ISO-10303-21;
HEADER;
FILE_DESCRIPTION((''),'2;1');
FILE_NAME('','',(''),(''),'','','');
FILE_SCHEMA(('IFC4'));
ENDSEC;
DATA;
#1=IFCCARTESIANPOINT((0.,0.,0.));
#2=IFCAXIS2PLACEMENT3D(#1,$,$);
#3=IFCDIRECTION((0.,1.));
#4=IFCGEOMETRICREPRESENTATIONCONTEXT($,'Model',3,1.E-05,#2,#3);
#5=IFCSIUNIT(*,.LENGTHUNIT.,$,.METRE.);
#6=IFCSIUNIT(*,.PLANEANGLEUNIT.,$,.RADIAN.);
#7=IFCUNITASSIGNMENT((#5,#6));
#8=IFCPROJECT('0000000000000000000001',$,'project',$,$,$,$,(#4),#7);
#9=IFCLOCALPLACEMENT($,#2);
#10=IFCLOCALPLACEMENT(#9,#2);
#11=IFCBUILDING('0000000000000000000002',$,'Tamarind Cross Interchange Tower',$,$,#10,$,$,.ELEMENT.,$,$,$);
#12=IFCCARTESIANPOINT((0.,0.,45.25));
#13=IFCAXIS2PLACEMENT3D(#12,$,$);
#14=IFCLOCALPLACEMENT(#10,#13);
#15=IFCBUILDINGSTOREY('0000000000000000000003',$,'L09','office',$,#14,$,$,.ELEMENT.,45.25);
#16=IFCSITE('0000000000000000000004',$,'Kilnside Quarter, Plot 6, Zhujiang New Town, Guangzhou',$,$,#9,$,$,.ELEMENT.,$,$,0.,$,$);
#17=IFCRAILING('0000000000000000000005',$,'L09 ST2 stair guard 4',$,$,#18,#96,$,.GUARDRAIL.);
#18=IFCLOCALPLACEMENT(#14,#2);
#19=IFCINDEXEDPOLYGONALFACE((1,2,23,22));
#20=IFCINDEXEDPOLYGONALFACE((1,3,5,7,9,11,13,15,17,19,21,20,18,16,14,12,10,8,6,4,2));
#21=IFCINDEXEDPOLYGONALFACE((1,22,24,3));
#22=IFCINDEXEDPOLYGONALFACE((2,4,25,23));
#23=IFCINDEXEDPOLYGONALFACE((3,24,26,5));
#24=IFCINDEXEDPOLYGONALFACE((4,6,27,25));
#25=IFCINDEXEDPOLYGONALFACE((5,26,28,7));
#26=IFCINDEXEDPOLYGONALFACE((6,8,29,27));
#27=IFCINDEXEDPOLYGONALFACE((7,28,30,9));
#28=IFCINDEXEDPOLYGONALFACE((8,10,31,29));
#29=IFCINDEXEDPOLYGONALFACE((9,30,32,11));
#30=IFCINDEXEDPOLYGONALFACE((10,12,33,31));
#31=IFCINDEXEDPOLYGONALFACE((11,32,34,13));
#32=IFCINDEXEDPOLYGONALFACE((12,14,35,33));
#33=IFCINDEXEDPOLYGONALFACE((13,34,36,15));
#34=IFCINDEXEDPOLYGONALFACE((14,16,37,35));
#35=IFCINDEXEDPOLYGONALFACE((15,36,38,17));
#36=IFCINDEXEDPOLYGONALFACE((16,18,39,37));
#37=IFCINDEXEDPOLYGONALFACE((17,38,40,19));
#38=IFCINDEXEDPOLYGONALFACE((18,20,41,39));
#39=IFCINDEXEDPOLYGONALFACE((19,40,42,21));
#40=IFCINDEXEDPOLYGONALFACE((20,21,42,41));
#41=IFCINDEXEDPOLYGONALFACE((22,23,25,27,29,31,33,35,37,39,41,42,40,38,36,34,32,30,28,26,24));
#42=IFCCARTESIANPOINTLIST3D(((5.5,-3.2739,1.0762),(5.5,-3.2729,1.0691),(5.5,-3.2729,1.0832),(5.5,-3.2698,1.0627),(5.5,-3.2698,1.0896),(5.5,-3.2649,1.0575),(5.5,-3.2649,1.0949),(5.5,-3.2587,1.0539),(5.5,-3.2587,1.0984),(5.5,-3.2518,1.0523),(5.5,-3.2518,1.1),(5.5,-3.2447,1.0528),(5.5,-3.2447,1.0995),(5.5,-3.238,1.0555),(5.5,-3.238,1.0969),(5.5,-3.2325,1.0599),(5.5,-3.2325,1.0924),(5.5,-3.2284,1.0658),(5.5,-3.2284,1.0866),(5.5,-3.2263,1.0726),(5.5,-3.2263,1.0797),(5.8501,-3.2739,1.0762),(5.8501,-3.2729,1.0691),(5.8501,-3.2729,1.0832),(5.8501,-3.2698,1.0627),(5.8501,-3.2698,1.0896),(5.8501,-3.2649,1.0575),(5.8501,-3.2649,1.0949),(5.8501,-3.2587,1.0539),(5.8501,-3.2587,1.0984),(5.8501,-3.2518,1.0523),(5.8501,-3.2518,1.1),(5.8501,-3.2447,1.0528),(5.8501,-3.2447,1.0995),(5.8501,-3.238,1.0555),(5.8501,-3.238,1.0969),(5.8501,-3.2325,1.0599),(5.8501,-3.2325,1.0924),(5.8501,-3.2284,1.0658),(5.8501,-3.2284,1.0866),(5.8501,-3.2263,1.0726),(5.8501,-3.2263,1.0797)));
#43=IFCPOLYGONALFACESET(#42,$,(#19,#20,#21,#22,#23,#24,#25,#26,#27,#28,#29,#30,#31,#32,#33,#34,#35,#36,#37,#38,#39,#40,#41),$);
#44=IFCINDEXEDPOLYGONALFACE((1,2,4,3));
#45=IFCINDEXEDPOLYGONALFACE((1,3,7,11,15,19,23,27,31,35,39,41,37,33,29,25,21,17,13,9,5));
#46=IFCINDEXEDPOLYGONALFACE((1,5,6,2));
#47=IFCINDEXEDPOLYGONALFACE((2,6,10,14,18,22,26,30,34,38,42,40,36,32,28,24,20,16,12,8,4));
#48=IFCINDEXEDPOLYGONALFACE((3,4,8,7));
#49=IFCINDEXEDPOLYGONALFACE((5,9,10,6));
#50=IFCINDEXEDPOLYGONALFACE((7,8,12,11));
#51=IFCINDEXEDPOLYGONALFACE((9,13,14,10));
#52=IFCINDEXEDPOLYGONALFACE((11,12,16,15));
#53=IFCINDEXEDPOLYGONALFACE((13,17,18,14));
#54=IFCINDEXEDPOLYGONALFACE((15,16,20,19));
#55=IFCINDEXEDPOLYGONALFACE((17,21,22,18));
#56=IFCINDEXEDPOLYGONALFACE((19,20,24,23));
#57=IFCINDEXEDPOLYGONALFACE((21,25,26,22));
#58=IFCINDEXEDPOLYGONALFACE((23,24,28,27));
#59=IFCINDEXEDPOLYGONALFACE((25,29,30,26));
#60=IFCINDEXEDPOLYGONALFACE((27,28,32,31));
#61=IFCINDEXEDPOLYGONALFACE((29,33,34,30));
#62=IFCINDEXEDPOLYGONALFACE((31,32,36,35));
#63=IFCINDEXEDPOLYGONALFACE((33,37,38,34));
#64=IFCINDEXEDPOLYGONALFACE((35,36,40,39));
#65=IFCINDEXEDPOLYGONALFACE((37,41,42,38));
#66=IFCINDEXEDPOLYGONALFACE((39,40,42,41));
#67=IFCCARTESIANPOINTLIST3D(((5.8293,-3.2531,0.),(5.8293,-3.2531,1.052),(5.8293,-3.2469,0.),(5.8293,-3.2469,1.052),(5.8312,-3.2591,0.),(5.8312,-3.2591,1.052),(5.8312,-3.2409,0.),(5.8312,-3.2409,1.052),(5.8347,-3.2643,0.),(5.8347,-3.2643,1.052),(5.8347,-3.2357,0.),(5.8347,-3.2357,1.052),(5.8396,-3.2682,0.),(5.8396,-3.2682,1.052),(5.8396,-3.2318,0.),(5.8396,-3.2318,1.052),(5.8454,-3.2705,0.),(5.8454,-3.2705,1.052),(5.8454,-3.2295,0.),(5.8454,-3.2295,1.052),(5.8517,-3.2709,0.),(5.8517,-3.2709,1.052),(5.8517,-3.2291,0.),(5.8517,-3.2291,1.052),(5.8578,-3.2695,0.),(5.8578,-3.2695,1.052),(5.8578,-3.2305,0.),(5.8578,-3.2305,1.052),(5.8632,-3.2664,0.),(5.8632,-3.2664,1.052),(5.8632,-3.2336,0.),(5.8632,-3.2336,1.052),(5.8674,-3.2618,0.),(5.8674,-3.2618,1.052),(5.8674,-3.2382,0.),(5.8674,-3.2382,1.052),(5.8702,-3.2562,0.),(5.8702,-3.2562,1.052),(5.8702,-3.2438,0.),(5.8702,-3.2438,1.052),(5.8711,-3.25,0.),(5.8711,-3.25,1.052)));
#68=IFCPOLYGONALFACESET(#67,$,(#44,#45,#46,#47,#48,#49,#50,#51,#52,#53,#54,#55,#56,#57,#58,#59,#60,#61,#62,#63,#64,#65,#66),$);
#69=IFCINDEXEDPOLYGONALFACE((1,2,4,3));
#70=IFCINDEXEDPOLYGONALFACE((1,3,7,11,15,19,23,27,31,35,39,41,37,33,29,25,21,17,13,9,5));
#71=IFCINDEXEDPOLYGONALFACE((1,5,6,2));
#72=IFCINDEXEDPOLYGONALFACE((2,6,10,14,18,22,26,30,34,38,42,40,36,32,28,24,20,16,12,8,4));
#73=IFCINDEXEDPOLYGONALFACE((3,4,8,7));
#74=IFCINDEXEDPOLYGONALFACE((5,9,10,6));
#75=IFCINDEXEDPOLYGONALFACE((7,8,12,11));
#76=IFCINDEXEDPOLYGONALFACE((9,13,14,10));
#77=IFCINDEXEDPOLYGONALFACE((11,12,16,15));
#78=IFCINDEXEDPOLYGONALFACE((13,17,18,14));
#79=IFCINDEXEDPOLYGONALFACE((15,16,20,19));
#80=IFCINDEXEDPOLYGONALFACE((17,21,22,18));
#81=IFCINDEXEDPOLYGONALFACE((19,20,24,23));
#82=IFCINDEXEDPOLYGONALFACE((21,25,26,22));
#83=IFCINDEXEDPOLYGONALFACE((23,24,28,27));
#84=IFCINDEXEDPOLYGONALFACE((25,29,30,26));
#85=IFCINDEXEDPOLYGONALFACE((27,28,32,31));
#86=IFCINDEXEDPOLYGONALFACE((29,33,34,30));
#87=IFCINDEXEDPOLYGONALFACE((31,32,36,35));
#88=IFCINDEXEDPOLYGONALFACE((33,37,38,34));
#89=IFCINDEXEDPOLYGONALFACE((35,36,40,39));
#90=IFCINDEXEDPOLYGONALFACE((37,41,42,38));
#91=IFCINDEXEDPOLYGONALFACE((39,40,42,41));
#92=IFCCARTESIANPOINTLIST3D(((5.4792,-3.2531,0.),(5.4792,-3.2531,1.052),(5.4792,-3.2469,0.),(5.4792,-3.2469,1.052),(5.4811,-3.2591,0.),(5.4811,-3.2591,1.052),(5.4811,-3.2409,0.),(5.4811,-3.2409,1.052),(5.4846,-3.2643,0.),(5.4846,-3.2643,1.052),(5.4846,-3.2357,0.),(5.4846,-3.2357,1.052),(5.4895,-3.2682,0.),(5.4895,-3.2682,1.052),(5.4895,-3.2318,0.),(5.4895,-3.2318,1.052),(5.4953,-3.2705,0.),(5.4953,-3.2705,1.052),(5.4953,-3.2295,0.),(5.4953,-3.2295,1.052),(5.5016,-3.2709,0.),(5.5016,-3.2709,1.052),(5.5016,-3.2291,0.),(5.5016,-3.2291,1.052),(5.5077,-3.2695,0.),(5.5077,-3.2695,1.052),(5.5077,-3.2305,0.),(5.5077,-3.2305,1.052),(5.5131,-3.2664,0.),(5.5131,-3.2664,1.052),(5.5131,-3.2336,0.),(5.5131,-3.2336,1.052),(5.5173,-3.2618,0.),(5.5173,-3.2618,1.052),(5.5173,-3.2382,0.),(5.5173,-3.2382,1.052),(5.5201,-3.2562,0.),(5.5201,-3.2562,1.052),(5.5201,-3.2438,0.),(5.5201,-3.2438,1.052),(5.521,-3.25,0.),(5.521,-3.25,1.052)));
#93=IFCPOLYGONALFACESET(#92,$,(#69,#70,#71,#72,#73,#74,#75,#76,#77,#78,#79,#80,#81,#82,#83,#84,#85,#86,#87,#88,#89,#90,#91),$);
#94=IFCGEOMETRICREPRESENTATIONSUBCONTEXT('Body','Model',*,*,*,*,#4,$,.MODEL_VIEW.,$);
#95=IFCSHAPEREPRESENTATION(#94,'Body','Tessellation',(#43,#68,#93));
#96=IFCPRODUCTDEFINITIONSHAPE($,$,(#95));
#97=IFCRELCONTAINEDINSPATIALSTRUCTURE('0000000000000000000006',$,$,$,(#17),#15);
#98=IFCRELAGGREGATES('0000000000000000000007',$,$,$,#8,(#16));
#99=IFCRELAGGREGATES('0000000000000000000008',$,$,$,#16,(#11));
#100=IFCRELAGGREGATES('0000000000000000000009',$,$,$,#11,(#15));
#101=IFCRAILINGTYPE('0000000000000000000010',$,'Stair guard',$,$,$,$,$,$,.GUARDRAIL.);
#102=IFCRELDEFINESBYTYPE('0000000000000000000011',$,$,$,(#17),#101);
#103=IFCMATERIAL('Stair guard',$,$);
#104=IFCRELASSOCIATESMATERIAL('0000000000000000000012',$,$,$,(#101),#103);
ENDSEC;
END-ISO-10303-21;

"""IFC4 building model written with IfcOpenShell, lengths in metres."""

from ifc_helpers import new_model, si_unit, direction, frame, origin, origin_2d, place, context, subcontext, project, spatial, circle, extrude, material, type_object, element, save


model = new_model("IFC4")

# Units and contexts
model_context = context("Model", 3, precision=1e-05, world=origin(), true_north=direction((0.0, 1.0)))
body_context = subcontext(model_context, "Body", "Model", "MODEL_VIEW")
ifc_project = project(units=[si_unit("LENGTHUNIT", "METRE"), si_unit("PLANEANGLEUNIT", "RADIAN")], contexts=[model_context])

# Site, building, storey
site_placement = place(None, origin())
site = spatial("IfcSite", under=ifc_project, at=site_placement, Name="Kilnside Quarter, Plot 6, Zhujiang New Town, Guangzhou", CompositionType="ELEMENT", RefElevation=0.0)
building_placement = place(site_placement, origin())
building = spatial("IfcBuilding", under=site, at=building_placement, Name="Tamarind Cross Interchange Tower", CompositionType="ELEMENT")
storey_placement = place(building_placement, frame((0.0, 0.0, 45.25)))
storey = spatial("IfcBuildingStorey", under=building, at=storey_placement, Name="L09", Description="office", CompositionType="ELEMENT", Elevation=45.25)

# Railing
ifc_material_1 = material(Name="Stair guard")
railing_type_1 = type_object("IfcRailingType", Name="Stair guard", PredefinedType="GUARDRAIL", material=ifc_material_1)
railing_1_placement = place(storey_placement, frame((5.8501, -3.25, 0.0)))
element("IfcRailing", 1, at=railing_1_placement, inside=storey, type_object=railing_type_1, Name="L09 ST2 stair guard 4", PredefinedType="GUARDRAIL", context=body_context, shape_type="SweptSolid", body=[
    extrude(circle(Radius=0.0239, at=origin_2d()), frame((0.0, 0.0, 1.0762), z_axis=(-1.0, 0.0, 0.0), x_axis=(0.0, -1.0, 0.0)), (0.0, 0.0, 1.0), 0.3501),
    extrude(circle(Radius=0.021, at=origin_2d()), origin(), (0.0, 0.0, 1.0), 1.052),
    extrude(circle(Radius=0.021, at=origin_2d()), frame((-0.3501, 0.0, 0.0)), (0.0, 0.0, 1.0), 1.052),
])

save(model, "model.ifc")
